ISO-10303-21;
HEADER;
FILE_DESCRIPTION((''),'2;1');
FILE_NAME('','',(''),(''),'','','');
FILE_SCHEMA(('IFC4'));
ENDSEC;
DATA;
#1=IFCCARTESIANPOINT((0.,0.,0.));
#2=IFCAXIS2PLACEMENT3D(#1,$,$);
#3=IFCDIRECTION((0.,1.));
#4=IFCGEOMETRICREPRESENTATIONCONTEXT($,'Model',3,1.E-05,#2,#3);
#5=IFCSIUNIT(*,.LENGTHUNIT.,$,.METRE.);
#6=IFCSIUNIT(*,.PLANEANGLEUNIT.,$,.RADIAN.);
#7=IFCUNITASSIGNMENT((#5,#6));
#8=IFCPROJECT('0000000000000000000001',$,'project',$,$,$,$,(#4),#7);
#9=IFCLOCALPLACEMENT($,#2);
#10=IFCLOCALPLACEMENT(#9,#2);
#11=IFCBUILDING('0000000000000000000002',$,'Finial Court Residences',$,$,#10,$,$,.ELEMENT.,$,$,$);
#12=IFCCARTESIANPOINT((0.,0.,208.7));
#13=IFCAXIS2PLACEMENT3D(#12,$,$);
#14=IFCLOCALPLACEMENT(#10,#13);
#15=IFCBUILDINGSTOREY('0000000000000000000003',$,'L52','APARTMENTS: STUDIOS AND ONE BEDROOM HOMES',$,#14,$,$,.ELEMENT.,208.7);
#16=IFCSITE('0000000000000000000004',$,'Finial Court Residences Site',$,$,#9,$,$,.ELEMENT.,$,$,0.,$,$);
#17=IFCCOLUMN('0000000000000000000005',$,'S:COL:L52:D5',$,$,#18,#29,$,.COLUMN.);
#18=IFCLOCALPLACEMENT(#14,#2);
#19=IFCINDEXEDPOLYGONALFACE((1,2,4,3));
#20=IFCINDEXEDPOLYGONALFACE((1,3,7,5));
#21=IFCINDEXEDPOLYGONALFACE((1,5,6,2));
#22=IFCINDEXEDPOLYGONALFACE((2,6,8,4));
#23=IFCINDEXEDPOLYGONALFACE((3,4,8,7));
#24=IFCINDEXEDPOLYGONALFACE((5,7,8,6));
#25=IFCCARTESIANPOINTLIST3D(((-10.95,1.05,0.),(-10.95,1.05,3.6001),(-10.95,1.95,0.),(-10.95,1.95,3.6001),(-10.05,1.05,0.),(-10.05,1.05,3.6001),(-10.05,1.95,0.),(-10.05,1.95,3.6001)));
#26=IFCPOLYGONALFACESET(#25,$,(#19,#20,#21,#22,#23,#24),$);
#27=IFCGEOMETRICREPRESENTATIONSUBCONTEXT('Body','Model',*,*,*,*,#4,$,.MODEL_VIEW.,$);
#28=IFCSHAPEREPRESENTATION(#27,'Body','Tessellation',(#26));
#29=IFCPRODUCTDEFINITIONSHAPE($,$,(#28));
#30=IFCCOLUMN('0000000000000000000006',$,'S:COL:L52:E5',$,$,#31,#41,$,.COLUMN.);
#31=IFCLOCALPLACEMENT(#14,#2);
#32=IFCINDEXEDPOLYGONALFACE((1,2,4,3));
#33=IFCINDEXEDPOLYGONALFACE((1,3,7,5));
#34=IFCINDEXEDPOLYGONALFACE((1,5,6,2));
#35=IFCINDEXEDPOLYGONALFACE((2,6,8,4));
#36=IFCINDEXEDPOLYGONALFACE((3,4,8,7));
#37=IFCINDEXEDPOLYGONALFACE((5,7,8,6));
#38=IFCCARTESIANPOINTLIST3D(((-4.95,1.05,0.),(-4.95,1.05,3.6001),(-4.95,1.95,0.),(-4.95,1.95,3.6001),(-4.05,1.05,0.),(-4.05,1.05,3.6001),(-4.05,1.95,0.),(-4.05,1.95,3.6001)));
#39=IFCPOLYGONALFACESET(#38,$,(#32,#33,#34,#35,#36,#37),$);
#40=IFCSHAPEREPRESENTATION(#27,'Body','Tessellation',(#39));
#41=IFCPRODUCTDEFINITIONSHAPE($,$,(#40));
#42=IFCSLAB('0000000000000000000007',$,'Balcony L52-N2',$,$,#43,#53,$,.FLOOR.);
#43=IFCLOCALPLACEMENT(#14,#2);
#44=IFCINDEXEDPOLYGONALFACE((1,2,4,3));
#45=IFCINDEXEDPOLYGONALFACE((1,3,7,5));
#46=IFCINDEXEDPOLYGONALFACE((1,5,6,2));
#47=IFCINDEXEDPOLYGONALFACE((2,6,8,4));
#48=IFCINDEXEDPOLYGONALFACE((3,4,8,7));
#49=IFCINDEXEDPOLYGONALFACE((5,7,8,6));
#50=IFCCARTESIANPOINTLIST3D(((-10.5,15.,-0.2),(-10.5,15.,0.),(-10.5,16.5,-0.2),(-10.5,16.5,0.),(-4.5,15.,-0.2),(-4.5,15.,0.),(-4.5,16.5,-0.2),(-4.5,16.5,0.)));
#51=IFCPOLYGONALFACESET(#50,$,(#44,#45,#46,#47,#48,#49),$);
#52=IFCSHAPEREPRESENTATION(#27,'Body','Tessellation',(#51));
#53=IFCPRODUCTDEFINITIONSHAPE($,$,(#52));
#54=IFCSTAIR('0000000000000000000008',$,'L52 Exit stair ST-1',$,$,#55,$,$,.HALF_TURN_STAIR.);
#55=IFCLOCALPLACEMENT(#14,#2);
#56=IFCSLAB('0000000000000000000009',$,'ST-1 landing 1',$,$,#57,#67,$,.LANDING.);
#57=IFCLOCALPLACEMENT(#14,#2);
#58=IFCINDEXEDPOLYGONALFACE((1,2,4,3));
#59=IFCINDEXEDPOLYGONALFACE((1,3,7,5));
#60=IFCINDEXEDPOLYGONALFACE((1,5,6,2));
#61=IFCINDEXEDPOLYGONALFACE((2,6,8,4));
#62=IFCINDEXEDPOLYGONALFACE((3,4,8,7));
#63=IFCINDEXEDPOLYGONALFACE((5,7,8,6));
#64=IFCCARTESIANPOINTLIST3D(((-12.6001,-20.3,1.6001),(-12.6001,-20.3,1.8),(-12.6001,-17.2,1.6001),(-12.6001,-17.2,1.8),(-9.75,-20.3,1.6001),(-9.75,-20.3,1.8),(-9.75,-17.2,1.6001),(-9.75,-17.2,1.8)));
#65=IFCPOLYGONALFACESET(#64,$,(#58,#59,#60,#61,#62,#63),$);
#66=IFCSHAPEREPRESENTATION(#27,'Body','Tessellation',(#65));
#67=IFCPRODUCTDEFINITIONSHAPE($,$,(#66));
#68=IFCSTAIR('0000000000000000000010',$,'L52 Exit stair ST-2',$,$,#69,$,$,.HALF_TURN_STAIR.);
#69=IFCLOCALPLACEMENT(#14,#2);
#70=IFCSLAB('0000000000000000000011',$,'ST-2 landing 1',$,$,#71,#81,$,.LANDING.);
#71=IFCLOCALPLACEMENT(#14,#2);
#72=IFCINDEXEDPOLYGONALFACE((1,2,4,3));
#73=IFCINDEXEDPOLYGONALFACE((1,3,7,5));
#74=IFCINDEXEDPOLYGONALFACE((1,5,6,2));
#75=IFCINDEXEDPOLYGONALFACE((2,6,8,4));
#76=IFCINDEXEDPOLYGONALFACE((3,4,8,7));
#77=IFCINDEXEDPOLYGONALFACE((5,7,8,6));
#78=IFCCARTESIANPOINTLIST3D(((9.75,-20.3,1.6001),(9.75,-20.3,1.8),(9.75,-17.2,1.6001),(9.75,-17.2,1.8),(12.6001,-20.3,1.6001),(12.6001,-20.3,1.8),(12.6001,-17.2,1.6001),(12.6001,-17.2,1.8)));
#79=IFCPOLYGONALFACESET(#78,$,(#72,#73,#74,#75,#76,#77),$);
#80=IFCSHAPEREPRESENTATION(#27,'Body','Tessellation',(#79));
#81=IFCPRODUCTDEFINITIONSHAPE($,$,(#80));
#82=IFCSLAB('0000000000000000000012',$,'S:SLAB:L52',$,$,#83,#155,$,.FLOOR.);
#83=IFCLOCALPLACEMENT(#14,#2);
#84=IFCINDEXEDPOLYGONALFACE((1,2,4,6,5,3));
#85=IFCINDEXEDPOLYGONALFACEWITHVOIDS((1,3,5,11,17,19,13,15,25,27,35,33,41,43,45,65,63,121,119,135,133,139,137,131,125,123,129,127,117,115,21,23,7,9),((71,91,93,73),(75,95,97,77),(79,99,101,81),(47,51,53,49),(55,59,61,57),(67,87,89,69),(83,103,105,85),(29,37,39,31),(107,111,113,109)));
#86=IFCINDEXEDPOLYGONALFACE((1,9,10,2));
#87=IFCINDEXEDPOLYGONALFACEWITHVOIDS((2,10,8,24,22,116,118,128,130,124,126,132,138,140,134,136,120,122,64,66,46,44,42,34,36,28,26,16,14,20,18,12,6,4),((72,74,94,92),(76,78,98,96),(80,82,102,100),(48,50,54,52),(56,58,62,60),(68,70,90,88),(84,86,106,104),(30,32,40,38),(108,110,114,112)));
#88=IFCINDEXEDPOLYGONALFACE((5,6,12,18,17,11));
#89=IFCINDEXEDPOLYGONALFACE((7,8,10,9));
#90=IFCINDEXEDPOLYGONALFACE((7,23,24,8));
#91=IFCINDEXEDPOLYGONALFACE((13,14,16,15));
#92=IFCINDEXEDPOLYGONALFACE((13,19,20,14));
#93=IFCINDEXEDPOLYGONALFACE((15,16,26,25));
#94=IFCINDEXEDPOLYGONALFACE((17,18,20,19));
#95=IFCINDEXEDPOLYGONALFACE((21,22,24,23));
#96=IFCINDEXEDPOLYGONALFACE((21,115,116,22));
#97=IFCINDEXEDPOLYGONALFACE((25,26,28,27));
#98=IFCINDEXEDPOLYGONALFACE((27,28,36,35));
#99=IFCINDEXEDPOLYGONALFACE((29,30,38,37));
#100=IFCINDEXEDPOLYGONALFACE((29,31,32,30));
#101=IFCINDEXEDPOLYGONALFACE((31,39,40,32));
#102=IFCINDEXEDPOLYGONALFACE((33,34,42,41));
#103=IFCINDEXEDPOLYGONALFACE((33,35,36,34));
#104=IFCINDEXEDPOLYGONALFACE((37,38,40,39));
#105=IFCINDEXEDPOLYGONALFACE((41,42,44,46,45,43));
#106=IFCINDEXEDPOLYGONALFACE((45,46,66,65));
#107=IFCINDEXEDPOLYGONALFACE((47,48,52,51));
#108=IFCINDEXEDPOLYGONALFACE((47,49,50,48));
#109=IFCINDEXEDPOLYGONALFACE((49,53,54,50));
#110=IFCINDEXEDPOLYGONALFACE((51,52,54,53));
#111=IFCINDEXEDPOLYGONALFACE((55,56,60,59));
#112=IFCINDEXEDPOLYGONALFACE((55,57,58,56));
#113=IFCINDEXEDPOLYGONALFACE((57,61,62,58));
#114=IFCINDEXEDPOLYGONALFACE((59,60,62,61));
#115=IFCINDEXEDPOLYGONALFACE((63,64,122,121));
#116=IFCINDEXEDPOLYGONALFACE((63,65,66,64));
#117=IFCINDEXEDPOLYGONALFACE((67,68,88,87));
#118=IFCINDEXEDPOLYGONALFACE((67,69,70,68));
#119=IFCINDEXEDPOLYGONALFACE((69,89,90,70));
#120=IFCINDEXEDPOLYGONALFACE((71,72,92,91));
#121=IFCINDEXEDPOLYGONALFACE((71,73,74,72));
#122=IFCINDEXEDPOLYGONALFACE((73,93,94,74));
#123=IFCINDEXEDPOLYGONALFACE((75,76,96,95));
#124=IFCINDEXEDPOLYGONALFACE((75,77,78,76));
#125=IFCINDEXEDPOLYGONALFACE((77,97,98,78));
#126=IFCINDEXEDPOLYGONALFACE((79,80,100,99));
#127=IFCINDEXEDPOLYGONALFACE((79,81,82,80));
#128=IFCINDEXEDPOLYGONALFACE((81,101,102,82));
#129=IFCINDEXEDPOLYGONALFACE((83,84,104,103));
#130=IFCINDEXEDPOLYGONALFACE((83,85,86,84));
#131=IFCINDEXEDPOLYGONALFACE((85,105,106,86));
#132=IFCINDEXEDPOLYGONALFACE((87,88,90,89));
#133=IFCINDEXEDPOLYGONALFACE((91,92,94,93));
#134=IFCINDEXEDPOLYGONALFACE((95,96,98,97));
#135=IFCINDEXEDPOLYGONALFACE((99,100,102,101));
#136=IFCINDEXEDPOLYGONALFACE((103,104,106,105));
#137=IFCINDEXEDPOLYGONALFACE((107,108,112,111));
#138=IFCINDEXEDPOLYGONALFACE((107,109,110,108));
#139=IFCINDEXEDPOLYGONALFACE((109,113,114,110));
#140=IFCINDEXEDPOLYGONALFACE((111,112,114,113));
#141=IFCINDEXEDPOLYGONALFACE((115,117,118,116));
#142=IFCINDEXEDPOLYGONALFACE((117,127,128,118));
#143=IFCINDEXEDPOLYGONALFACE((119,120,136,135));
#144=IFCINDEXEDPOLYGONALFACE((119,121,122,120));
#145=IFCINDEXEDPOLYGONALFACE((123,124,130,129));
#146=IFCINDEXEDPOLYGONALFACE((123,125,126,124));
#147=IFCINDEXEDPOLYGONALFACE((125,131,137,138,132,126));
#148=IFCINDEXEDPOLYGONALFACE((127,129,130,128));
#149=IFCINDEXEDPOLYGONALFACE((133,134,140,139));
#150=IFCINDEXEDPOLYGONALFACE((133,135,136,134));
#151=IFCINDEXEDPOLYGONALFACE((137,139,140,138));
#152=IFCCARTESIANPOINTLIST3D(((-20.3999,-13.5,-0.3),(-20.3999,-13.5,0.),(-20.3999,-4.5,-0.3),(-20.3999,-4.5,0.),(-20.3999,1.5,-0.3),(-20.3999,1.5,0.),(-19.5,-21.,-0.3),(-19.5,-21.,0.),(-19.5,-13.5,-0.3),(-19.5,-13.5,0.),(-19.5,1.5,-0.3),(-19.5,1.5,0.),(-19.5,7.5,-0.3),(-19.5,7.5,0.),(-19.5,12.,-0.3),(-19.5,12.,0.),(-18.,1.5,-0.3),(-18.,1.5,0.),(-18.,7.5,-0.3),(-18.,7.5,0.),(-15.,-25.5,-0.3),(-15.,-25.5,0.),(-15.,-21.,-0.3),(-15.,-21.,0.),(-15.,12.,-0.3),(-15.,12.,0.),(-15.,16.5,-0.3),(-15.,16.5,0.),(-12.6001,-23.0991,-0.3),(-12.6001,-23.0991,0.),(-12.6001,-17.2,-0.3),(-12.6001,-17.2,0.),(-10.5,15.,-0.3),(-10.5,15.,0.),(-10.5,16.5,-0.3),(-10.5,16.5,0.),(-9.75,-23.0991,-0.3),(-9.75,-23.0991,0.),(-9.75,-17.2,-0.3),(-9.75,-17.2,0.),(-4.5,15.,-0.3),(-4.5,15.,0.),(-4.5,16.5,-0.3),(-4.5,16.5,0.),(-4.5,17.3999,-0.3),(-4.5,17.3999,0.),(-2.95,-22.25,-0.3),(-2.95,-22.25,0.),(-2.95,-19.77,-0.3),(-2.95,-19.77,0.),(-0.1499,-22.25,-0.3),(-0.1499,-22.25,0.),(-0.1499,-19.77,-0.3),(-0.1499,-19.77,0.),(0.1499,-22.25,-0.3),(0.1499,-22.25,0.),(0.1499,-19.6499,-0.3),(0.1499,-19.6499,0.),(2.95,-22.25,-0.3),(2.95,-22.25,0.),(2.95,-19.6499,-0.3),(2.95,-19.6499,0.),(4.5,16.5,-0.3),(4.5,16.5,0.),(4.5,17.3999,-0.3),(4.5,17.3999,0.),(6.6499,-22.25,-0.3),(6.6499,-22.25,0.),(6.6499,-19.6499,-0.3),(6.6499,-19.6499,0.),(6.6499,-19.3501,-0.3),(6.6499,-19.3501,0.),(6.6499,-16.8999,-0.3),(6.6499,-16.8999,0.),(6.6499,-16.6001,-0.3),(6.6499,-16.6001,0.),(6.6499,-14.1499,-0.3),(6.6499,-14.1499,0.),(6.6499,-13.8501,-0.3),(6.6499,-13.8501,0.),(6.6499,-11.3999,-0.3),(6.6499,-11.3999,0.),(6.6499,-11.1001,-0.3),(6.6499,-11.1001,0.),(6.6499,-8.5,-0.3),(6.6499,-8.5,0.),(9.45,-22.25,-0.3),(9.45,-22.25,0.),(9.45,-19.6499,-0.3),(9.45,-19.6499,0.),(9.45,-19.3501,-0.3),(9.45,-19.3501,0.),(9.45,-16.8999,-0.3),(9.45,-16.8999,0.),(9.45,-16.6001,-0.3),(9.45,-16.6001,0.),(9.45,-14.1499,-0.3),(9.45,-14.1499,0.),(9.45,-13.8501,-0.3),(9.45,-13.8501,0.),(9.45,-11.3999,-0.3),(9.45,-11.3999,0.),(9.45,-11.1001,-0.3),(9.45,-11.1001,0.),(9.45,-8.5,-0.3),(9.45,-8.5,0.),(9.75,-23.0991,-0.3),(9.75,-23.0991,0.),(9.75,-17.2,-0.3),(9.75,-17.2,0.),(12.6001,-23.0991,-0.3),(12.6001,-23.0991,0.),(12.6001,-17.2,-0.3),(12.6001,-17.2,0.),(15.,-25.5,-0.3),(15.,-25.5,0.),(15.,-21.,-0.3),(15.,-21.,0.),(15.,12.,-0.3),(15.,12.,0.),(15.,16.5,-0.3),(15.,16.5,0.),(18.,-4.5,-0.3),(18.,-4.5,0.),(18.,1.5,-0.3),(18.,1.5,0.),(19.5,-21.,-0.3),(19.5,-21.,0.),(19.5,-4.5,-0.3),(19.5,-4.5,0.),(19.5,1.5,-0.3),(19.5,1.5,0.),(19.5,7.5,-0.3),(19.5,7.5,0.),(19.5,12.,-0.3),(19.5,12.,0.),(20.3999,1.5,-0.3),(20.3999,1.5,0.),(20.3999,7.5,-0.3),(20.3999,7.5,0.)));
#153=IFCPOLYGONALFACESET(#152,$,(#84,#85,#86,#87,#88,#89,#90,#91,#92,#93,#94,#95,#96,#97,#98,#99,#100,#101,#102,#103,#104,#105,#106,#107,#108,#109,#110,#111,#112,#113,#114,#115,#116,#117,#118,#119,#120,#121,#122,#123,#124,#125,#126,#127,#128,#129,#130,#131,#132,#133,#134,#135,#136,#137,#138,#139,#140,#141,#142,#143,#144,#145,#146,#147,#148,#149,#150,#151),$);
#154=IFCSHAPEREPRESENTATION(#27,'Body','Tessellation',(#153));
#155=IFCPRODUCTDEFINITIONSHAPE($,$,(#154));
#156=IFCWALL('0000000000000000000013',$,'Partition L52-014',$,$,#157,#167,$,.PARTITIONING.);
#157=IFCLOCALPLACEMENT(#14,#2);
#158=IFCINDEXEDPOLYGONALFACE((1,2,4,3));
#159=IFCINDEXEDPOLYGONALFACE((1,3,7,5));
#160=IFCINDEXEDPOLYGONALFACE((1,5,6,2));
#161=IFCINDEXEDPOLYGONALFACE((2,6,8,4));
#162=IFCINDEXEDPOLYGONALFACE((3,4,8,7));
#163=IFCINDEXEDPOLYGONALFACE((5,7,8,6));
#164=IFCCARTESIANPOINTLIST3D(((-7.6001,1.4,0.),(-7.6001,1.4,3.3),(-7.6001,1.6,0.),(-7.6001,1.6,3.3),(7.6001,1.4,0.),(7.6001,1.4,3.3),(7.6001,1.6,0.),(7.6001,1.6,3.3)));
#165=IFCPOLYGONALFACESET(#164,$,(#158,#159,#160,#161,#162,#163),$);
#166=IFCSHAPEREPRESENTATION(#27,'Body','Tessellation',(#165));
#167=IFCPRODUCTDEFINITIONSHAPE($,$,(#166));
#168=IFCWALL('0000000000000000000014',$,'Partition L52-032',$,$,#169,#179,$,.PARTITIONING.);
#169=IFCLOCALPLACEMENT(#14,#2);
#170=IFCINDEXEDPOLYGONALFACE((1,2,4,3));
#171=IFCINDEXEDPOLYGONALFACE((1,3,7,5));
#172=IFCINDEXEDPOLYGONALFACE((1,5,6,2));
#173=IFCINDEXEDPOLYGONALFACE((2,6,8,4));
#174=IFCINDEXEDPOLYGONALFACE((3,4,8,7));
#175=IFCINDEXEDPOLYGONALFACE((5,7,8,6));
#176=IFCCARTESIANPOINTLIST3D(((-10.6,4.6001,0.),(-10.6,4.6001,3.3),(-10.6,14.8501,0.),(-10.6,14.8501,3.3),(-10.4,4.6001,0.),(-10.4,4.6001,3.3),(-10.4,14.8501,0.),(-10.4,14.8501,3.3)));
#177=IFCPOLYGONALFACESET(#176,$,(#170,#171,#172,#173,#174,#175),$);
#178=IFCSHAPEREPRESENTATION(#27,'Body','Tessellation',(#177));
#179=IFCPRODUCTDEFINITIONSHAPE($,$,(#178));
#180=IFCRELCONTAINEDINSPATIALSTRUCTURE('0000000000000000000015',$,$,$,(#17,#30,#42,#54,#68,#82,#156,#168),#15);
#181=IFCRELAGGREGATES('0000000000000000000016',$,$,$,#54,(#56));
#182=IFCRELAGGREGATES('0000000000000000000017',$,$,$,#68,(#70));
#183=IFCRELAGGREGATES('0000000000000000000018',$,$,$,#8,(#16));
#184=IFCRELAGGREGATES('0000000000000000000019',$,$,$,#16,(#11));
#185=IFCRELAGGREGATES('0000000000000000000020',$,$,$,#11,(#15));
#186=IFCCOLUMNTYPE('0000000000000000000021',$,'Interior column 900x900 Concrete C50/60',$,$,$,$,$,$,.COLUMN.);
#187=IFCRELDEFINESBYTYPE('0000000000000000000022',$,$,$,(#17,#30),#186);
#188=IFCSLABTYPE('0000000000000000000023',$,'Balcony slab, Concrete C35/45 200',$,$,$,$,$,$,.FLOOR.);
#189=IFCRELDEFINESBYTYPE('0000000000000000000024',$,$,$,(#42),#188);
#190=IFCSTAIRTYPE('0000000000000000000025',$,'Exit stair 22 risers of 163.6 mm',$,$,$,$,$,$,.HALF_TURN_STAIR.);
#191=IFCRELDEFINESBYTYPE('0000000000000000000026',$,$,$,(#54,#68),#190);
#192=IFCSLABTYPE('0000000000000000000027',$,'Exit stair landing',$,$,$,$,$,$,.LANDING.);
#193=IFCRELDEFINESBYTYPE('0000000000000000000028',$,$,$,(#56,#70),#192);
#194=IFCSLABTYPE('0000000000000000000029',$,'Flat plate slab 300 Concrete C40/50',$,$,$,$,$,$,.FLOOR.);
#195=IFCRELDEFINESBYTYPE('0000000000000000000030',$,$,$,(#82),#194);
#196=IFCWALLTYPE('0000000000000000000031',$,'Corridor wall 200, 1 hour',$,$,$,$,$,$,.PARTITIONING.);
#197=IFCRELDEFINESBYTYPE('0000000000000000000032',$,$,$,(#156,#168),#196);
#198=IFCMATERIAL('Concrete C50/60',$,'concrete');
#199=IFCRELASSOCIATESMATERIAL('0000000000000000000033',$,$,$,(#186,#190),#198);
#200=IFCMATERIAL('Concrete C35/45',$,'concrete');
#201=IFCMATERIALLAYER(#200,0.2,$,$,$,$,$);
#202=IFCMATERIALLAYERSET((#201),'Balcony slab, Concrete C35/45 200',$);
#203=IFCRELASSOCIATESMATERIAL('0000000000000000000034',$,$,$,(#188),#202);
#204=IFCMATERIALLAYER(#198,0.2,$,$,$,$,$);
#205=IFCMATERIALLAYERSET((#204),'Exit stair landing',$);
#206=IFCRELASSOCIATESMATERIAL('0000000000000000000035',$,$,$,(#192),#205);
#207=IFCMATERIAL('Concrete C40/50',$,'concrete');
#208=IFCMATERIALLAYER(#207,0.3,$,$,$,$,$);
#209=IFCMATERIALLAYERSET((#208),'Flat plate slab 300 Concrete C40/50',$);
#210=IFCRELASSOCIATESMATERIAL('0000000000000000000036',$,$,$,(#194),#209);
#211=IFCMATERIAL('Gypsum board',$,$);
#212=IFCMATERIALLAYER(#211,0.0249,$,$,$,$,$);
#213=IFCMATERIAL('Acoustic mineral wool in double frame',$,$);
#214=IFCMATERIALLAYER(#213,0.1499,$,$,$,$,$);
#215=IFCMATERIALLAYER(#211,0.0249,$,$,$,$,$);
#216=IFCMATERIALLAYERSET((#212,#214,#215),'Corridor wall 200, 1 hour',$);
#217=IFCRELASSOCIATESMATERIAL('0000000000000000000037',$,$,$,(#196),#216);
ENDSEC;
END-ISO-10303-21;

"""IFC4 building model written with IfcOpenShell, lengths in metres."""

from ifc_helpers import new_model, si_unit, direction, frame, frame_2d, origin, origin_2d, place, context, subcontext, project, spatial, polyline, rectangle, outline, extrude, material, layer, layer_set, material_profile, profile_set, type_object, element, aggregate, save


model = new_model("IFC4")

# Units and contexts
model_context = context("Model", 3, precision=1e-05, world=origin(), true_north=direction((0.0, 1.0)))
body_context = subcontext(model_context, "Body", "Model", "MODEL_VIEW")
ifc_project = project(units=[si_unit("LENGTHUNIT", "METRE"), si_unit("PLANEANGLEUNIT", "RADIAN")], contexts=[model_context])

# Site, building, storey
site_placement = place(None, origin())
site = spatial("IfcSite", under=ifc_project, at=site_placement, Name="Finial Court Residences Site", CompositionType="ELEMENT", RefElevation=0.0)
building_placement = place(site_placement, origin())
building = spatial("IfcBuilding", under=site, at=building_placement, Name="Finial Court Residences", CompositionType="ELEMENT")
storey_placement = place(building_placement, frame((0.0, 0.0, 208.7)))
storey = spatial("IfcBuildingStorey", under=building, at=storey_placement, Name="L52", Description="APARTMENTS: STUDIOS AND ONE BEDROOM HOMES", CompositionType="ELEMENT", Elevation=208.7)

# Columns
ifc_material_1 = material(Name="Concrete C50/60", Category="concrete")
ifc_material_profile = material_profile(ifc_material_1, rectangle(XDim=0.8999, YDim=0.8999, at=origin_2d()), Name="900x900")
ifc_profile_set = profile_set([ifc_material_profile], Name="Concrete C50/60")
column_type = type_object("IfcColumnType", Name="Interior column 900x900 Concrete C50/60", PredefinedType="COLUMN", material=ifc_profile_set)
for number, where, z_axis, x_axis, name in (
    (1, (-10.5, 1.5, 0.0), (0.0, 0.0, 1.0), (1.0, 0.0, 0.0), "S:COL:L52:D5"),
    (2, (-4.5, 1.5, 0.0), (0.0, 0.0, 1.0), (1.0, 0.0, 0.0), "S:COL:L52:E5"),
):
    element("IfcColumn", number, at=place(storey_placement, frame(where, z_axis=z_axis, x_axis=x_axis)), inside=storey, type_object=column_type, Name=name, PredefinedType="COLUMN", context=body_context, shape_type="SweptSolid", body=[
        extrude(rectangle(XDim=0.8999, YDim=0.8999, at=origin_2d()), origin(), (0.0, 0.0, 1.0), 3.6001),
    ])

# Slab
ifc_material_2 = material(Name="Concrete C35/45", Category="concrete")
ifc_layer_1 = layer(ifc_material_2, 0.2)
ifc_layer_set_1 = layer_set([ifc_layer_1], Name="Balcony slab, Concrete C35/45 200")
slab_type_1 = type_object("IfcSlabType", Name="Balcony slab, Concrete C35/45 200", PredefinedType="FLOOR", material=ifc_layer_set_1)
slab_1_placement = place(storey_placement, frame((0.0, 0.0, -0.2)))
element("IfcSlab", 3, at=slab_1_placement, inside=storey, type_object=slab_type_1, Name="Balcony L52-N2", PredefinedType="FLOOR", context=body_context, shape_type="SweptSolid", body=[
    extrude(outline(polyline([(-4.5, 15.0), (-4.5, 16.5), (-10.5, 16.5), (-10.5, 15.0), (-4.5, 15.0)])), origin(), (0.0, 0.0, 1.0), 0.2),
])

# Stairs, slabs
stair_type = type_object("IfcStairType", Name="Exit stair 22 risers of 163.6 mm", PredefinedType="HALF_TURN_STAIR", material=ifc_material_1)
stair_1_placement = place(storey_placement, origin())
stair_1 = element("IfcStair", 4, at=stair_1_placement, inside=storey, type_object=stair_type, Name="L52 Exit stair ST-1", PredefinedType="HALF_TURN_STAIR")
ifc_layer_2 = layer(ifc_material_1, 0.2)
ifc_layer_set_2 = layer_set([ifc_layer_2], Name="Exit stair landing")
slab_type_2 = type_object("IfcSlabType", Name="Exit stair landing", PredefinedType="LANDING", material=ifc_layer_set_2)
slab_2_placement = place(storey_placement, frame((0.0, 0.0, 1.6001)))
slab_2 = element("IfcSlab", 5, at=slab_2_placement, type_object=slab_type_2, Name="ST-1 landing 1", PredefinedType="LANDING", context=body_context, shape_type="SweptSolid", body=[
    extrude(outline(polyline([(-9.75, -20.3), (-9.75, -17.2), (-12.6001, -17.2), (-12.6001, -20.3), (-9.75, -20.3)])), origin(), (0.0, 0.0, 1.0), 0.2),
])
aggregate(stair_1, [slab_2])
stair_2_placement = place(storey_placement, origin())
stair_2 = element("IfcStair", 6, at=stair_2_placement, inside=storey, type_object=stair_type, Name="L52 Exit stair ST-2", PredefinedType="HALF_TURN_STAIR")
slab_3_placement = place(storey_placement, frame((0.0, 0.0, 1.6001)))
slab_3 = element("IfcSlab", 7, at=slab_3_placement, type_object=slab_type_2, Name="ST-2 landing 1", PredefinedType="LANDING", context=body_context, shape_type="SweptSolid", body=[
    extrude(outline(polyline([(12.6001, -20.3), (12.6001, -17.2), (9.75, -17.2), (9.75, -20.3), (12.6001, -20.3)])), origin(), (0.0, 0.0, 1.0), 0.2),
])
aggregate(stair_2, [slab_3])

# Slab
ifc_material_3 = material(Name="Concrete C40/50", Category="concrete")
ifc_layer_3 = layer(ifc_material_3, 0.3)
ifc_layer_set_3 = layer_set([ifc_layer_3], Name="Flat plate slab 300 Concrete C40/50")
slab_type_3 = type_object("IfcSlabType", Name="Flat plate slab 300 Concrete C40/50", PredefinedType="FLOOR", material=ifc_layer_set_3)
slab_4_placement = place(storey_placement, frame((0.0, 0.0, -0.3)))
element("IfcSlab", 8, at=slab_4_placement, inside=storey, type_object=slab_type_3, Name="S:SLAB:L52", PredefinedType="FLOOR", context=body_context, shape_type="SweptSolid", body=[
    extrude(outline(polyline([(-18.0, 7.5), (-19.5, 7.5), (-19.5, 12.0), (-15.0, 12.0), (-15.0, 16.5), (-10.5, 16.5), (-10.5, 15.0), (-4.5, 15.0), (-4.5, 16.5), (-4.5, 17.3999), (4.5, 17.3999), (4.5, 16.5), (15.0, 16.5), (15.0, 12.0), (19.5, 12.0), (19.5, 7.5), (20.3999, 7.5), (20.3999, 1.5), (19.5, 1.5), (18.0, 1.5), (18.0, -4.5), (19.5, -4.5), (19.5, -21.0), (15.0, -21.0), (15.0, -25.5), (-15.0, -25.5), (-15.0, -21.0), (-19.5, -21.0), (-19.5, -13.5), (-20.3999, -13.5), (-20.3999, -4.5), (-20.3999, 1.5), (-19.5, 1.5), (-18.0, 1.5), (-18.0, 7.5)]), holes=[polyline([(-0.1499, -19.77), (-2.95, -19.77), (-2.95, -22.25), (-0.1499, -22.25), (-0.1499, -19.77)]), polyline([(2.95, -19.6499), (0.1499, -19.6499), (0.1499, -22.25), (2.95, -22.25), (2.95, -19.6499)]), polyline([(9.45, -19.6499), (6.6499, -19.6499), (6.6499, -22.25), (9.45, -22.25), (9.45, -19.6499)]), polyline([(-12.6001, -17.2), (-12.6001, -23.0991), (-9.75, -23.0991), (-9.75, -17.2), (-12.6001, -17.2)]), polyline([(9.75, -17.2), (9.75, -23.0991), (12.6001, -23.0991), (12.6001, -17.2), (9.75, -17.2)]), polyline([(9.45, -16.8999), (6.6499, -16.8999), (6.6499, -19.3501), (9.45, -19.3501), (9.45, -16.8999)]), polyline([(9.45, -14.1499), (6.6499, -14.1499), (6.6499, -16.6001), (9.45, -16.6001), (9.45, -14.1499)]), polyline([(9.45, -13.8501), (9.45, -11.3999), (6.6499, -11.3999), (6.6499, -13.8501), (9.45, -13.8501)]), polyline([(9.45, -11.1001), (9.45, -8.5), (6.6499, -8.5), (6.6499, -11.1001), (9.45, -11.1001)])]), origin(), (0.0, 0.0, 1.0), 0.3),
])

# Walls
ifc_material_4 = material(Name="Gypsum board")
ifc_layer_4 = layer(ifc_material_4, 0.0249)
ifc_material_5 = material(Name="Acoustic mineral wool in double frame")
ifc_layer_5 = layer(ifc_material_5, 0.1499)
ifc_layer_6 = layer(ifc_material_4, 0.0249)
ifc_layer_set_4 = layer_set([ifc_layer_4, ifc_layer_5, ifc_layer_6], Name="Corridor wall 200, 1 hour")
wall_type_1 = type_object("IfcWallType", Name="Corridor wall 200, 1 hour", PredefinedType="PARTITIONING", material=ifc_layer_set_4)
wall_1_placement = place(storey_placement, frame((-7.6001, 1.5, 0.0), z_axis=(0.0, 0.0, 1.0), x_axis=(1.0, 0.0, 0.0)))
element("IfcWall", 9, at=wall_1_placement, inside=storey, type_object=wall_type_1, Name="Partition L52-014", PredefinedType="PARTITIONING", context=body_context, shape_type="SweptSolid", body=[
    extrude(rectangle(XDim=15.2002, YDim=0.2, at=frame_2d((7.6001, 0.0))), origin(), (0.0, 0.0, 1.0), 3.3),
])
wall_2_placement = place(storey_placement, frame((-10.5, 4.6001, 0.0), z_axis=(0.0, 0.0, 1.0), x_axis=(0.0, 1.0, 0.0)))
element("IfcWall", 10, at=wall_2_placement, inside=storey, type_object=wall_type_1, Name="Partition L52-032", PredefinedType="PARTITIONING", context=body_context, shape_type="SweptSolid", body=[
    extrude(rectangle(XDim=10.25, YDim=0.2, at=frame_2d((5.125, 0.0))), origin(), (0.0, 0.0, 1.0), 3.3),
])

save(model, "model.ifc")
